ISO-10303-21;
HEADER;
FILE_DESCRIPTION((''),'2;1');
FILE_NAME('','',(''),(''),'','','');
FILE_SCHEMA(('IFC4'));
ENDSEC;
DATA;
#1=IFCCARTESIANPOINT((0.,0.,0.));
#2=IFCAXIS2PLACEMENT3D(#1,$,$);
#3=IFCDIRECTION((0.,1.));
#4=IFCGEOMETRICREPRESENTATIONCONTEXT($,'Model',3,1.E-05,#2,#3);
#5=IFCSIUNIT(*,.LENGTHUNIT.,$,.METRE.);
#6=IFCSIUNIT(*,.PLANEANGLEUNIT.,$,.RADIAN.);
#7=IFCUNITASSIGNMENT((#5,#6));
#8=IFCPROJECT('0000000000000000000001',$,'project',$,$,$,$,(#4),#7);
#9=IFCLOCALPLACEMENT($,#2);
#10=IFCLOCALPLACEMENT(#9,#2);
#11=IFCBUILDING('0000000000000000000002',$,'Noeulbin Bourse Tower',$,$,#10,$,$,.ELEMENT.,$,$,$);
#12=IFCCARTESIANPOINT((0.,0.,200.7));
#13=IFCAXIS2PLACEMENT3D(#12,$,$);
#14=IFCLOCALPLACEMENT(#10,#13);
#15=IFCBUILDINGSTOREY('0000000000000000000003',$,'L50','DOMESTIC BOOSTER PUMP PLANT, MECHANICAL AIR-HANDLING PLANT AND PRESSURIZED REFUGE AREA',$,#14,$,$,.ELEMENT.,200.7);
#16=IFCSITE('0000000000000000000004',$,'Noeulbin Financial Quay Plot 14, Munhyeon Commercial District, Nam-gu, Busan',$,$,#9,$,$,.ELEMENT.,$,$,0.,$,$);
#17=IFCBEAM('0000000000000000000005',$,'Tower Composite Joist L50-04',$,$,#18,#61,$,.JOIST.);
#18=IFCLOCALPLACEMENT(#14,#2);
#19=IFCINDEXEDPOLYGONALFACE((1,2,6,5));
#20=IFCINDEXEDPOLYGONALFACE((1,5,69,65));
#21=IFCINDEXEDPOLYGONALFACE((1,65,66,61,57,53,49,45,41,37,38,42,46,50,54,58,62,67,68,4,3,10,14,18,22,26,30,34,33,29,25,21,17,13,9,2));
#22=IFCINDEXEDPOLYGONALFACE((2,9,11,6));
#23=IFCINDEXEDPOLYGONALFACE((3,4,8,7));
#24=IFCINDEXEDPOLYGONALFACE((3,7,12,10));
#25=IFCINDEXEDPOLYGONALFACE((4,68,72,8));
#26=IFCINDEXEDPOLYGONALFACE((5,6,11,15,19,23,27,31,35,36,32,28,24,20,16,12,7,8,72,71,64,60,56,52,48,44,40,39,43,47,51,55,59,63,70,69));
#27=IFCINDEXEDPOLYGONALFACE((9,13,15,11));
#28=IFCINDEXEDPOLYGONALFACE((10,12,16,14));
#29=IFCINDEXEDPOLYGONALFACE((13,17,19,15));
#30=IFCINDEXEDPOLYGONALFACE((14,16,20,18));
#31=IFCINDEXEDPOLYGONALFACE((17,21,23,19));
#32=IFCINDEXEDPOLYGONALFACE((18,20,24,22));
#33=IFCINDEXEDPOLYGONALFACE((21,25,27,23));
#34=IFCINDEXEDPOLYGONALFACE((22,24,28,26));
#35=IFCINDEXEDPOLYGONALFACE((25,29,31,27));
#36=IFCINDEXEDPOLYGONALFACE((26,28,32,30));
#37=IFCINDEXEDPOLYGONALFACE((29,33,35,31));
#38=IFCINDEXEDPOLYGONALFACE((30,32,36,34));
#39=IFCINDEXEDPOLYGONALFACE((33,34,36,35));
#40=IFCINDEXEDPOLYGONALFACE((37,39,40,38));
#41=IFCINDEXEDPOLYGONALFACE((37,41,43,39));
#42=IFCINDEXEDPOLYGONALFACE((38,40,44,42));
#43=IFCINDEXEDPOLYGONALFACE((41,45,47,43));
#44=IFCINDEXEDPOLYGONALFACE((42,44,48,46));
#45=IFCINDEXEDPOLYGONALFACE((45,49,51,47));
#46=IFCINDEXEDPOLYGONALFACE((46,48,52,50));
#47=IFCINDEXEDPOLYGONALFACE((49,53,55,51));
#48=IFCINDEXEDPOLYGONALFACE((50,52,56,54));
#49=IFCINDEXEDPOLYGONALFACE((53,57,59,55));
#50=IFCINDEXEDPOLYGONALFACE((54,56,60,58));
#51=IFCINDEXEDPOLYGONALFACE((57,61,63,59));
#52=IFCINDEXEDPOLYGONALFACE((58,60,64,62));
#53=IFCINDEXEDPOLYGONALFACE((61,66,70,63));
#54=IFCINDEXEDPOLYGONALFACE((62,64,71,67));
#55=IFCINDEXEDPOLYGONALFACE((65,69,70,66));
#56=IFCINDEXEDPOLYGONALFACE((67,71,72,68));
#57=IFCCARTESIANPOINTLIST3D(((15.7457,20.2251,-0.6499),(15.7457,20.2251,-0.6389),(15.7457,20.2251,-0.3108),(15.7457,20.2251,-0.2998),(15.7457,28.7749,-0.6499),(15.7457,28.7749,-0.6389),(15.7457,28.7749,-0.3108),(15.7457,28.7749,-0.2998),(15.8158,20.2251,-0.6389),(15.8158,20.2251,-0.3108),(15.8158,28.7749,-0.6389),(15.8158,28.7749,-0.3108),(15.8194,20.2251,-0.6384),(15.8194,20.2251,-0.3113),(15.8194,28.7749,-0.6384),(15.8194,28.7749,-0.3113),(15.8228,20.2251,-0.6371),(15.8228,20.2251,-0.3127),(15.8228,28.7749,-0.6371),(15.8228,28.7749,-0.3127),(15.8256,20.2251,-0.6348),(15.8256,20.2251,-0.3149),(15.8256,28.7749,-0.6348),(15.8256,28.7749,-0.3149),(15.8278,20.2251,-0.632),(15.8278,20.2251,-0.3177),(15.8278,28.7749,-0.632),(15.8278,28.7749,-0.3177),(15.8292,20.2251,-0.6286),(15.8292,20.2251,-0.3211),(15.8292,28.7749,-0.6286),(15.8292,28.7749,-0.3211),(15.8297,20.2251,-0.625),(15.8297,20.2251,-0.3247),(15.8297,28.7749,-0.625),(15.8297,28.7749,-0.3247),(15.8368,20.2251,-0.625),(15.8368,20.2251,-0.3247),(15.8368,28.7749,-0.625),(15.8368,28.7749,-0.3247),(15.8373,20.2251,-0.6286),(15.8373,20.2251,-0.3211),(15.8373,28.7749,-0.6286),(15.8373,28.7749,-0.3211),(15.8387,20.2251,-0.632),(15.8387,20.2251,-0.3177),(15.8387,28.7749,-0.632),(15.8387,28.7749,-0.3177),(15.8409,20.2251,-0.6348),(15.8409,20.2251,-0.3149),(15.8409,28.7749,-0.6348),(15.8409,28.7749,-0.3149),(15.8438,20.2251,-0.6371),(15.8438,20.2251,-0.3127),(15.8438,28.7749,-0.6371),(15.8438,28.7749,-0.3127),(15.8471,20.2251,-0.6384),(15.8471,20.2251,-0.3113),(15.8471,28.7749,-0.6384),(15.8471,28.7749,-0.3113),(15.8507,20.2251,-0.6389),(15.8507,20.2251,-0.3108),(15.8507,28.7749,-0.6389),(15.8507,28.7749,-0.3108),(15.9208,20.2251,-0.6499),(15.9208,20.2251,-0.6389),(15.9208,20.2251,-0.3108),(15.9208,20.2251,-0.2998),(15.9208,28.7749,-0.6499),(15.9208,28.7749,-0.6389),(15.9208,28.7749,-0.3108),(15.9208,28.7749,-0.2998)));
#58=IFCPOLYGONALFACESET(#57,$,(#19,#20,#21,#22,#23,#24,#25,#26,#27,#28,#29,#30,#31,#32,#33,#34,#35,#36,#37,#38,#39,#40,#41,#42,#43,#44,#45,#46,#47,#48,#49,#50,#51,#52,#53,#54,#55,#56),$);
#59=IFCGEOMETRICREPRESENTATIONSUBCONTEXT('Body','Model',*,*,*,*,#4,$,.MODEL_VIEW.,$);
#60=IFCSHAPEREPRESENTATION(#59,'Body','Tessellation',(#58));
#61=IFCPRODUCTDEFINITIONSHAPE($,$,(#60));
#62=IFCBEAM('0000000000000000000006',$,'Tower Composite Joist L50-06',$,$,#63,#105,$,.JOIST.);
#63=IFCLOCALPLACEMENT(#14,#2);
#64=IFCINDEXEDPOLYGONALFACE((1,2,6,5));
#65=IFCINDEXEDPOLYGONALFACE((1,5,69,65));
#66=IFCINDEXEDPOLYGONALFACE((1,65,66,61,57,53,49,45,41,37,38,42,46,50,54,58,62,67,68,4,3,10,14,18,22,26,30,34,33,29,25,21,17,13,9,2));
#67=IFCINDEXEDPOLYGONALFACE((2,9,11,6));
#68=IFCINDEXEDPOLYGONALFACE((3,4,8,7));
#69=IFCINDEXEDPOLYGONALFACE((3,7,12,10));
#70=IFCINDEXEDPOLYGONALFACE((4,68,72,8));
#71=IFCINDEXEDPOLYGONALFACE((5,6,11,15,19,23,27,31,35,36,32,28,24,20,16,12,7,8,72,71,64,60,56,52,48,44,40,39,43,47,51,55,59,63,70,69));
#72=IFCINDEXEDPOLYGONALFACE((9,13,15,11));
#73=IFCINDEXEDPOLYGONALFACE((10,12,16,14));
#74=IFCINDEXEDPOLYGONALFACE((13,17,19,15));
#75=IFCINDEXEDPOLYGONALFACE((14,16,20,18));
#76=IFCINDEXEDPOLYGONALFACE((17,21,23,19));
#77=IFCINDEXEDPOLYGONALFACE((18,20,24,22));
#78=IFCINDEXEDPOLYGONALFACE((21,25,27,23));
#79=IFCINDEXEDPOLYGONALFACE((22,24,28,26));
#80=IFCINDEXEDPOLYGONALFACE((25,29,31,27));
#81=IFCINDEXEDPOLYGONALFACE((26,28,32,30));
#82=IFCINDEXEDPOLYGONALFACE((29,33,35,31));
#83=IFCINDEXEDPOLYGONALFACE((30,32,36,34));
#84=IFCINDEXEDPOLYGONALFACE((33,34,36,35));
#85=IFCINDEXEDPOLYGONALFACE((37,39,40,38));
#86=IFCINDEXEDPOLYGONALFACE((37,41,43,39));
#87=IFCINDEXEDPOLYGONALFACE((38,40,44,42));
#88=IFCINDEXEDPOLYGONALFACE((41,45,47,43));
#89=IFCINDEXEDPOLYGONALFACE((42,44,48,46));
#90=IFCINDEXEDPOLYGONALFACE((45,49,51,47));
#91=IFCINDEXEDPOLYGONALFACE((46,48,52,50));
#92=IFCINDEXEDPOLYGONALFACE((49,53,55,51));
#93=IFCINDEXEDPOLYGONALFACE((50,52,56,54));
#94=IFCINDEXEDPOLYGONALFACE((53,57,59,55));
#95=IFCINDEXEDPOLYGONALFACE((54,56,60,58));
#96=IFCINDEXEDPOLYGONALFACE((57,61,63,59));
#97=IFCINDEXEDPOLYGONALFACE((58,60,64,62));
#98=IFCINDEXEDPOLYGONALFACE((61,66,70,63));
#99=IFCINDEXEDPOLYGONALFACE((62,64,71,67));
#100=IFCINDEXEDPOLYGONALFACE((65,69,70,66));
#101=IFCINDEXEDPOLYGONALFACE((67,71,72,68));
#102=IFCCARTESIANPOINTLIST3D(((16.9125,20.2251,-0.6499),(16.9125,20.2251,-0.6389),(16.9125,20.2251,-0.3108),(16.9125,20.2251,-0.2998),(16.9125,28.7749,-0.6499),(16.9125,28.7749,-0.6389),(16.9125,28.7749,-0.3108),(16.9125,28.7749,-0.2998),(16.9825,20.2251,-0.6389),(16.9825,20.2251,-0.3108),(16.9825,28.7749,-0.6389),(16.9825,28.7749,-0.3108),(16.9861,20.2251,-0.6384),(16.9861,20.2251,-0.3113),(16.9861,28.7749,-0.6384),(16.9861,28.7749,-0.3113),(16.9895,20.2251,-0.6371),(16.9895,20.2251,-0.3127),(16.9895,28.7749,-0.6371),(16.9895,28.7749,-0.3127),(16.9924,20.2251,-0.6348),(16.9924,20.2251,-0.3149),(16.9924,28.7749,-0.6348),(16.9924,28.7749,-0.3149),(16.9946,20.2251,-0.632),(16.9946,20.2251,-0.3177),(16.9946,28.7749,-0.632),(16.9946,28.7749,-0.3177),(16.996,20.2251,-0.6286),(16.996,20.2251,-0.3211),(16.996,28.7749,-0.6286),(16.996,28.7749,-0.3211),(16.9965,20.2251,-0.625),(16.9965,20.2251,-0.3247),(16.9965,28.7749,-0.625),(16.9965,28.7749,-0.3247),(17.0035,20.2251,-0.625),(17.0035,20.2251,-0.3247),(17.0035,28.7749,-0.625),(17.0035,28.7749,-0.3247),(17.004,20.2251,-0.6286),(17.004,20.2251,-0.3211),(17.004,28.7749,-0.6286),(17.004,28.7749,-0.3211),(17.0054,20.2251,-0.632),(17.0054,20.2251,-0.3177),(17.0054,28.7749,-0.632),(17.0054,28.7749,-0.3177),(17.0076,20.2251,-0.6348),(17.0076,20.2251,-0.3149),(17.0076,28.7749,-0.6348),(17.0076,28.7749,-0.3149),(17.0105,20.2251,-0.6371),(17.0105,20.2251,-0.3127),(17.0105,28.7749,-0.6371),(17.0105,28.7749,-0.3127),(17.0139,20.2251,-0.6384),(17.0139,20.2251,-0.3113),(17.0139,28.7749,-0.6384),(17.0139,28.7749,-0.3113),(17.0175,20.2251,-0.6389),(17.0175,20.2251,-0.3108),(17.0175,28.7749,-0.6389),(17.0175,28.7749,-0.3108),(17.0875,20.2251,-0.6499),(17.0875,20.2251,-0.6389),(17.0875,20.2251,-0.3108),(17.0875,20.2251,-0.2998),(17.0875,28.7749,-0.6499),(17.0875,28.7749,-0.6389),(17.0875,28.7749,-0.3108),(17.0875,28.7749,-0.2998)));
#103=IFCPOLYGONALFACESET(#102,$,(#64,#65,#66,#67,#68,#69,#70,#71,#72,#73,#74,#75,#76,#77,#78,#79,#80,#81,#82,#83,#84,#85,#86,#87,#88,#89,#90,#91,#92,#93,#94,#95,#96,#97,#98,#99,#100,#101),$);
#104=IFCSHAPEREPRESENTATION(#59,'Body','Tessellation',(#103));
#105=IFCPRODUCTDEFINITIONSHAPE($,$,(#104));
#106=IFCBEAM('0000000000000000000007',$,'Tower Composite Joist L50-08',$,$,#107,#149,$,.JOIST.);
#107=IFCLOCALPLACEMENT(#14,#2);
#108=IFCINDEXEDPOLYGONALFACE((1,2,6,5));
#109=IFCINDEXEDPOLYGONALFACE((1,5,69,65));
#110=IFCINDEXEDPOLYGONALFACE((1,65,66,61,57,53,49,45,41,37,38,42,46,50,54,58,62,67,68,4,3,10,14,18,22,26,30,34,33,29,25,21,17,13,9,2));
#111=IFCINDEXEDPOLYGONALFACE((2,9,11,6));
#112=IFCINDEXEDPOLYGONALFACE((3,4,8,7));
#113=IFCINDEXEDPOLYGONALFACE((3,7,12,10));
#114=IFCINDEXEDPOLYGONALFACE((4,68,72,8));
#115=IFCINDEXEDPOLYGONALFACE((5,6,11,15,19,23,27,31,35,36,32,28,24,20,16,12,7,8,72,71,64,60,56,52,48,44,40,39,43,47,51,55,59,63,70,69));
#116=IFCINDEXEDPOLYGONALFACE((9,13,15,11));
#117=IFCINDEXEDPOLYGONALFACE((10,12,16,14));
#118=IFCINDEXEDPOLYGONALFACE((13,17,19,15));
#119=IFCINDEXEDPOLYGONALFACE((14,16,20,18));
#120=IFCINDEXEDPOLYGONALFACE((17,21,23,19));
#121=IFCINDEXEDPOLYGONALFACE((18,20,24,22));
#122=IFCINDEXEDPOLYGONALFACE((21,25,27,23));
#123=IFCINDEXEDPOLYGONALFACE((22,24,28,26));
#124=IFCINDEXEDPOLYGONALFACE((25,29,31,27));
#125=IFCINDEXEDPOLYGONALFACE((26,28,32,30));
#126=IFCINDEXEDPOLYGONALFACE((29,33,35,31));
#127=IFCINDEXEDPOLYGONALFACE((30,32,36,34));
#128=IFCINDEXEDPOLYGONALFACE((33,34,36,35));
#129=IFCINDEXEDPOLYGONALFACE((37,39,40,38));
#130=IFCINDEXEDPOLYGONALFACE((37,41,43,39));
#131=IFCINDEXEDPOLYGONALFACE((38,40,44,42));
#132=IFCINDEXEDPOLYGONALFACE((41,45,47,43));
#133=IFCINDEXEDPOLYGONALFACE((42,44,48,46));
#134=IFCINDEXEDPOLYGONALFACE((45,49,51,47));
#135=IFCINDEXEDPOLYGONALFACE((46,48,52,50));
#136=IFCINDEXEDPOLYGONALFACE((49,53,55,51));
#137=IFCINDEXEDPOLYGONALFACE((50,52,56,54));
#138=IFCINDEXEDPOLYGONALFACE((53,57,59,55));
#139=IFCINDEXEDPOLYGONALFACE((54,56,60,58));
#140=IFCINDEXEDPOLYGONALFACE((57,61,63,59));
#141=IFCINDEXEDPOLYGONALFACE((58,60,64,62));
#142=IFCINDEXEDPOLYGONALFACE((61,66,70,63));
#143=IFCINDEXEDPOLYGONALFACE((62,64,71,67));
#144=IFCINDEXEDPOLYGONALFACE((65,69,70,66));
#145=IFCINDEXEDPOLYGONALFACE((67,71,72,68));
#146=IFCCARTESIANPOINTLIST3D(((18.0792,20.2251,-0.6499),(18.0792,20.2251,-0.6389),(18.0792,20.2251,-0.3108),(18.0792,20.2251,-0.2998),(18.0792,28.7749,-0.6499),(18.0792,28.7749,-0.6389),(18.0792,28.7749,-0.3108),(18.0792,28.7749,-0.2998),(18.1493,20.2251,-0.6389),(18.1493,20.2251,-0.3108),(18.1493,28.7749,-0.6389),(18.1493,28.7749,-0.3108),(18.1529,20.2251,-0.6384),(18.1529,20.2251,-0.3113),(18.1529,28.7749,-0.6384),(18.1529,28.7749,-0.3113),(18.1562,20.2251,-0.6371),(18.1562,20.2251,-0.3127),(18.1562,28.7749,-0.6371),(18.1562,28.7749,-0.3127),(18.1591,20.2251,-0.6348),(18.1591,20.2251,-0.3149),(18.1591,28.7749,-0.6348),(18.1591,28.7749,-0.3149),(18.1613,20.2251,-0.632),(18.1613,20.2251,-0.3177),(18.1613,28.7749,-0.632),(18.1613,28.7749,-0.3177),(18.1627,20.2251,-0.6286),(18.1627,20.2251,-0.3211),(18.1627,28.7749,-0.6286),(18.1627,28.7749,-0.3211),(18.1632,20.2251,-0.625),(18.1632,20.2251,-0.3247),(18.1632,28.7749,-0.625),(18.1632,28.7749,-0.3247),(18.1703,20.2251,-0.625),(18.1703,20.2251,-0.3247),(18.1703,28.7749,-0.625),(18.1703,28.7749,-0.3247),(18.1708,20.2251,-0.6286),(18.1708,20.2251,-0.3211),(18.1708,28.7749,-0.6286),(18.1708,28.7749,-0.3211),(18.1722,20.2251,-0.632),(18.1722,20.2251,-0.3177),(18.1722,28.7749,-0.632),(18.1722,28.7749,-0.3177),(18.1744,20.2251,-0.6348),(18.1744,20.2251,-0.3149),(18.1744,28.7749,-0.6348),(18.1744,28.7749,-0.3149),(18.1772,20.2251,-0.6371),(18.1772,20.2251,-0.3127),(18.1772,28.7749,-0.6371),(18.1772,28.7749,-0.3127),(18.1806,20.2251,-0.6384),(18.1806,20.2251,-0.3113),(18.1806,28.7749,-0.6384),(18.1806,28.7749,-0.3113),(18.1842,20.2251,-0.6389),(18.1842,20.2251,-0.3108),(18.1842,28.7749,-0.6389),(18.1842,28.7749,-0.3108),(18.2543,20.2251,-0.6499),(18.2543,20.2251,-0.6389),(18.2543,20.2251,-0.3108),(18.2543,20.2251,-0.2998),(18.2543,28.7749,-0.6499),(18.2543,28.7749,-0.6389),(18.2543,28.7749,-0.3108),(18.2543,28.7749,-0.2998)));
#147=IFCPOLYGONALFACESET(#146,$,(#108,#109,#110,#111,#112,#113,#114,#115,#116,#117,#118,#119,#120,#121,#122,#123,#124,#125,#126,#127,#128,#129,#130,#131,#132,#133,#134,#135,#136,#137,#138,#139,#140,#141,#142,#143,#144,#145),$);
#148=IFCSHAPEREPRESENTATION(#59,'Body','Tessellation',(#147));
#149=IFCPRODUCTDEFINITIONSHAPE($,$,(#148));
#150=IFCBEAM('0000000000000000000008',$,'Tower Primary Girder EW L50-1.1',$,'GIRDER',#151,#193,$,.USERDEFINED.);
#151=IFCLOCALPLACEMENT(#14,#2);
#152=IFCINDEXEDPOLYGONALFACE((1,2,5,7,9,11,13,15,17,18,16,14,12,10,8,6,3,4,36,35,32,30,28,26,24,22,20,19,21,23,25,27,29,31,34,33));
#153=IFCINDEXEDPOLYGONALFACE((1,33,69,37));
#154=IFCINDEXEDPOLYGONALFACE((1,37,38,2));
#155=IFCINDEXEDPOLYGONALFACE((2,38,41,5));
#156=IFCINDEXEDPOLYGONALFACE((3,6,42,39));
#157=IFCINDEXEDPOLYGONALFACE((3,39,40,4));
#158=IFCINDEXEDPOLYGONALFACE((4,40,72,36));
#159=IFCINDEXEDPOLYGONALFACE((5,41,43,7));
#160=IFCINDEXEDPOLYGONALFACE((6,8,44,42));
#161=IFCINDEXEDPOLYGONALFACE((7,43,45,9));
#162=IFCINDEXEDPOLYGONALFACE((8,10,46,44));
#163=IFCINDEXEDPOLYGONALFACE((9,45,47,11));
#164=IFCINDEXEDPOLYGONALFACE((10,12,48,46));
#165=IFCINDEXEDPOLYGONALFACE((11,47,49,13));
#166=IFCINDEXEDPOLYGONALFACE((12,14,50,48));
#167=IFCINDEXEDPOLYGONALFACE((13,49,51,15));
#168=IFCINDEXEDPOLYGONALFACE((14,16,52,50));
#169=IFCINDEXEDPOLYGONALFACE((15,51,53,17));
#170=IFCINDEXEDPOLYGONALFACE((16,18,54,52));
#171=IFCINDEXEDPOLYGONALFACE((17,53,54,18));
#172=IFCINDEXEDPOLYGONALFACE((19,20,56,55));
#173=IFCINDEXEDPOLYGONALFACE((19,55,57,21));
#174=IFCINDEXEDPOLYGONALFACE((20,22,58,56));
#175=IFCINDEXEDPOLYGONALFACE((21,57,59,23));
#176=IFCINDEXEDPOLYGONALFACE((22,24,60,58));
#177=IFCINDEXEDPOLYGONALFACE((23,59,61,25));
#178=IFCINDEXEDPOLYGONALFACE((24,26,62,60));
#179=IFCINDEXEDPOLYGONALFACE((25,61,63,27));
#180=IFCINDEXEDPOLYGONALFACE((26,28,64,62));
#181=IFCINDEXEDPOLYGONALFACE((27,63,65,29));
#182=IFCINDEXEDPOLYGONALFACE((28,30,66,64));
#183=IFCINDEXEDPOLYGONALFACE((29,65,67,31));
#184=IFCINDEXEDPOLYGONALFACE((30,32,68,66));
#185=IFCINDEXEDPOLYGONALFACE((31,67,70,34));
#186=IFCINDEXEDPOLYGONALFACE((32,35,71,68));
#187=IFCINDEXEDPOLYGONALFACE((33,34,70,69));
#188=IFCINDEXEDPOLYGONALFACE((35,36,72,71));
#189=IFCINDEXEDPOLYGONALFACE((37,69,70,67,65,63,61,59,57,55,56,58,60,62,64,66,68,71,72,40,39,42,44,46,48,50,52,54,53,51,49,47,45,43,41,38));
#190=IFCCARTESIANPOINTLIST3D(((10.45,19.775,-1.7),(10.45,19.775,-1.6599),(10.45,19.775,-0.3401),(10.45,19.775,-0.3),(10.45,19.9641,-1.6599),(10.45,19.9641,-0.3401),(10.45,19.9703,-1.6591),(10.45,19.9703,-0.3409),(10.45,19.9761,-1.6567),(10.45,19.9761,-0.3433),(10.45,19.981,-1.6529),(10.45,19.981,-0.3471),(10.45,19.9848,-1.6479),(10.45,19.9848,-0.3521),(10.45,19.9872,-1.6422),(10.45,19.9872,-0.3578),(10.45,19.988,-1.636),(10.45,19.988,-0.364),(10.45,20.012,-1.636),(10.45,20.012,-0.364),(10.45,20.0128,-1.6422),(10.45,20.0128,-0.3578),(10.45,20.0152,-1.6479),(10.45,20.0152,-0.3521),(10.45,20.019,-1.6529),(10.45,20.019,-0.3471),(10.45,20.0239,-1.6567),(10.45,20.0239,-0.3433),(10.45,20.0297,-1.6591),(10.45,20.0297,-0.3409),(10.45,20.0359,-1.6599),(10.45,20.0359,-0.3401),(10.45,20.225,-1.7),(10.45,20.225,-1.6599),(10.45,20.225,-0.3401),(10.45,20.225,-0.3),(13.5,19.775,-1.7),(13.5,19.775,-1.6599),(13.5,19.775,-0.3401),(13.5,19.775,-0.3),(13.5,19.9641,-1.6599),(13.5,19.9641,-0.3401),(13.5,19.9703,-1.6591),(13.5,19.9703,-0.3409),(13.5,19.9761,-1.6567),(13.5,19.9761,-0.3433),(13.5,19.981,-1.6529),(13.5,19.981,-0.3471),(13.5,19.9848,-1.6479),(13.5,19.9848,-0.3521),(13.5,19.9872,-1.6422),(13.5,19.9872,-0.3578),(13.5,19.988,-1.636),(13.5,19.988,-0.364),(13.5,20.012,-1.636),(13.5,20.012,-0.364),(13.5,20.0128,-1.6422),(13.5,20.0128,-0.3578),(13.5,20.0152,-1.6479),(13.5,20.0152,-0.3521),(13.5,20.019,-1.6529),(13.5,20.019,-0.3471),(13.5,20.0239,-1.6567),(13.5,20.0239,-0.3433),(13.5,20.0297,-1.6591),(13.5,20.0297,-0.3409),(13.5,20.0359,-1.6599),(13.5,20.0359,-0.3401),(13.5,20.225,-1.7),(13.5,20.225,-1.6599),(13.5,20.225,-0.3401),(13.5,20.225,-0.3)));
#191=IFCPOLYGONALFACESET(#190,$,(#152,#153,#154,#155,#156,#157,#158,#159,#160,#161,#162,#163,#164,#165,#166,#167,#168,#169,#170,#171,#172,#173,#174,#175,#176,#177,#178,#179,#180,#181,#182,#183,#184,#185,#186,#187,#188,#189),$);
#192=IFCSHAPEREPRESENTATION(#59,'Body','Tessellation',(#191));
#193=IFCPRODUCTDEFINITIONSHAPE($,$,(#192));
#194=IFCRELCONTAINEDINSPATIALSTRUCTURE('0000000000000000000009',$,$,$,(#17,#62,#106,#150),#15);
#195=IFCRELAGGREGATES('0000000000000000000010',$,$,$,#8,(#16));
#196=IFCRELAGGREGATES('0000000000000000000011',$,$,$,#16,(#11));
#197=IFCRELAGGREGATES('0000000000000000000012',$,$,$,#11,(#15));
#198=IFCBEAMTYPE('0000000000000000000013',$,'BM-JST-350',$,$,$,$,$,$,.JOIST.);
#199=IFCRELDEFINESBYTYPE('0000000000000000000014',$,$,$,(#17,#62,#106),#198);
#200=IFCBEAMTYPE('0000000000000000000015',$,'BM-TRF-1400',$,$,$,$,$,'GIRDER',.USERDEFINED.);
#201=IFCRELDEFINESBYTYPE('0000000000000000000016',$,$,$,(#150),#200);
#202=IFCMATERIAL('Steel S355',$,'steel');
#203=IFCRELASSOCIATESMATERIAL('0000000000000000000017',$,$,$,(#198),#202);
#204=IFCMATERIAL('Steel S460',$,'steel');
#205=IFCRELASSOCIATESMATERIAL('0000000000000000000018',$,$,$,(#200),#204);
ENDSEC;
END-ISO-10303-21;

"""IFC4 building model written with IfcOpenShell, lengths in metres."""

from ifc_helpers import new_model, si_unit, direction, frame, origin, origin_2d, place, context, subcontext, project, spatial, i_section, extrude, material, material_profile, profile_set, type_object, element, save


model = new_model("IFC4")

# Units and contexts
model_context = context("Model", 3, precision=1e-05, world=origin(), true_north=direction((0.0, 1.0)))
body_context = subcontext(model_context, "Body", "Model", "MODEL_VIEW")
ifc_project = project(units=[si_unit("LENGTHUNIT", "METRE"), si_unit("PLANEANGLEUNIT", "RADIAN")], contexts=[model_context])

# Site, building, storey
site_placement = place(None, origin())
site = spatial("IfcSite", under=ifc_project, at=site_placement, Name="Noeulbin Financial Quay Plot 14, Munhyeon Commercial District, Nam-gu, Busan", CompositionType="ELEMENT", RefElevation=0.0)
building_placement = place(site_placement, origin())
building = spatial("IfcBuilding", under=site, at=building_placement, Name="Noeulbin Bourse Tower", CompositionType="ELEMENT")
storey_placement = place(building_placement, frame((0.0, 0.0, 200.7)))
storey = spatial("IfcBuildingStorey", under=building, at=storey_placement, Name="L50", Description="DOMESTIC BOOSTER PUMP PLANT, MECHANICAL AIR-HANDLING PLANT AND PRESSURIZED REFUGE AREA", CompositionType="ELEMENT", Elevation=200.7)

# Shared definitions
ifc_material_1 = material(Name="Steel S355", Category="steel")
ifc_material_2 = material(Name="Steel S460", Category="steel")

# Beams
ifc_material_profile_1 = material_profile(ifc_material_1, i_section(OverallWidth=0.175, OverallDepth=0.3501, WebThickness=0.0071, FlangeThickness=0.011, FilletRadius=0.0139, at=origin_2d()), Name="H-350x175x7x11", Category="LoadBearing")
ifc_profile_set_1 = profile_set([ifc_material_profile_1], Name="Steel S355")
beam_type_1 = type_object("IfcBeamType", Name="BM-JST-350", PredefinedType="JOIST", material=ifc_profile_set_1)
for number, where, z_axis, x_axis, name in (
    (1, (15.8333, 20.2251, -0.4749), (0.0, 1.0, 0.0), (-1.0, 0.0, 0.0), "Tower Composite Joist L50-04"),
    (2, (17.0, 20.2251, -0.4749), (0.0, 1.0, 0.0), (-1.0, 0.0, 0.0), "Tower Composite Joist L50-06"),
    (3, (18.1667, 20.2251, -0.4749), (0.0, 1.0, 0.0), (-1.0, 0.0, 0.0), "Tower Composite Joist L50-08"),
):
    element("IfcBeam", number, at=place(storey_placement, frame(where, z_axis=z_axis, x_axis=x_axis)), inside=storey, type_object=beam_type_1, Name=name, PredefinedType="JOIST", context=body_context, shape_type="SweptSolid", body=[
        extrude(i_section(OverallWidth=0.175, OverallDepth=0.3501, WebThickness=0.0071, FlangeThickness=0.011, FilletRadius=0.0139, at=origin_2d()), origin(), (0.0, 0.0, 1.0), 8.5498),
    ])
ifc_material_profile_2 = material_profile(ifc_material_2, i_section(OverallWidth=0.45, OverallDepth=1.3999, WebThickness=0.0239, FlangeThickness=0.04, FilletRadius=0.0239, at=origin_2d()), Name="PG-1400x450x24x40", Category="LoadBearing")
ifc_profile_set_2 = profile_set([ifc_material_profile_2], Name="Steel S460")
beam_type_2 = type_object("IfcBeamType", Name="BM-TRF-1400", ElementType="GIRDER", PredefinedType="USERDEFINED", material=ifc_profile_set_2)
beam_1_placement = place(storey_placement, frame((10.45, 20.0, -1.0), z_axis=(1.0, 0.0, 0.0), x_axis=(0.0, 1.0, 0.0)))
element("IfcBeam", 4, at=beam_1_placement, inside=storey, type_object=beam_type_2, Name="Tower Primary Girder EW L50-1.1", ObjectType="GIRDER", PredefinedType="USERDEFINED", context=body_context, shape_type="SweptSolid", body=[
    extrude(i_section(OverallWidth=0.45, OverallDepth=1.3999, WebThickness=0.0239, FlangeThickness=0.04, FilletRadius=0.0239, at=origin_2d()), origin(), (0.0, 0.0, 1.0), 3.05),
])

save(model, "model.ifc")
